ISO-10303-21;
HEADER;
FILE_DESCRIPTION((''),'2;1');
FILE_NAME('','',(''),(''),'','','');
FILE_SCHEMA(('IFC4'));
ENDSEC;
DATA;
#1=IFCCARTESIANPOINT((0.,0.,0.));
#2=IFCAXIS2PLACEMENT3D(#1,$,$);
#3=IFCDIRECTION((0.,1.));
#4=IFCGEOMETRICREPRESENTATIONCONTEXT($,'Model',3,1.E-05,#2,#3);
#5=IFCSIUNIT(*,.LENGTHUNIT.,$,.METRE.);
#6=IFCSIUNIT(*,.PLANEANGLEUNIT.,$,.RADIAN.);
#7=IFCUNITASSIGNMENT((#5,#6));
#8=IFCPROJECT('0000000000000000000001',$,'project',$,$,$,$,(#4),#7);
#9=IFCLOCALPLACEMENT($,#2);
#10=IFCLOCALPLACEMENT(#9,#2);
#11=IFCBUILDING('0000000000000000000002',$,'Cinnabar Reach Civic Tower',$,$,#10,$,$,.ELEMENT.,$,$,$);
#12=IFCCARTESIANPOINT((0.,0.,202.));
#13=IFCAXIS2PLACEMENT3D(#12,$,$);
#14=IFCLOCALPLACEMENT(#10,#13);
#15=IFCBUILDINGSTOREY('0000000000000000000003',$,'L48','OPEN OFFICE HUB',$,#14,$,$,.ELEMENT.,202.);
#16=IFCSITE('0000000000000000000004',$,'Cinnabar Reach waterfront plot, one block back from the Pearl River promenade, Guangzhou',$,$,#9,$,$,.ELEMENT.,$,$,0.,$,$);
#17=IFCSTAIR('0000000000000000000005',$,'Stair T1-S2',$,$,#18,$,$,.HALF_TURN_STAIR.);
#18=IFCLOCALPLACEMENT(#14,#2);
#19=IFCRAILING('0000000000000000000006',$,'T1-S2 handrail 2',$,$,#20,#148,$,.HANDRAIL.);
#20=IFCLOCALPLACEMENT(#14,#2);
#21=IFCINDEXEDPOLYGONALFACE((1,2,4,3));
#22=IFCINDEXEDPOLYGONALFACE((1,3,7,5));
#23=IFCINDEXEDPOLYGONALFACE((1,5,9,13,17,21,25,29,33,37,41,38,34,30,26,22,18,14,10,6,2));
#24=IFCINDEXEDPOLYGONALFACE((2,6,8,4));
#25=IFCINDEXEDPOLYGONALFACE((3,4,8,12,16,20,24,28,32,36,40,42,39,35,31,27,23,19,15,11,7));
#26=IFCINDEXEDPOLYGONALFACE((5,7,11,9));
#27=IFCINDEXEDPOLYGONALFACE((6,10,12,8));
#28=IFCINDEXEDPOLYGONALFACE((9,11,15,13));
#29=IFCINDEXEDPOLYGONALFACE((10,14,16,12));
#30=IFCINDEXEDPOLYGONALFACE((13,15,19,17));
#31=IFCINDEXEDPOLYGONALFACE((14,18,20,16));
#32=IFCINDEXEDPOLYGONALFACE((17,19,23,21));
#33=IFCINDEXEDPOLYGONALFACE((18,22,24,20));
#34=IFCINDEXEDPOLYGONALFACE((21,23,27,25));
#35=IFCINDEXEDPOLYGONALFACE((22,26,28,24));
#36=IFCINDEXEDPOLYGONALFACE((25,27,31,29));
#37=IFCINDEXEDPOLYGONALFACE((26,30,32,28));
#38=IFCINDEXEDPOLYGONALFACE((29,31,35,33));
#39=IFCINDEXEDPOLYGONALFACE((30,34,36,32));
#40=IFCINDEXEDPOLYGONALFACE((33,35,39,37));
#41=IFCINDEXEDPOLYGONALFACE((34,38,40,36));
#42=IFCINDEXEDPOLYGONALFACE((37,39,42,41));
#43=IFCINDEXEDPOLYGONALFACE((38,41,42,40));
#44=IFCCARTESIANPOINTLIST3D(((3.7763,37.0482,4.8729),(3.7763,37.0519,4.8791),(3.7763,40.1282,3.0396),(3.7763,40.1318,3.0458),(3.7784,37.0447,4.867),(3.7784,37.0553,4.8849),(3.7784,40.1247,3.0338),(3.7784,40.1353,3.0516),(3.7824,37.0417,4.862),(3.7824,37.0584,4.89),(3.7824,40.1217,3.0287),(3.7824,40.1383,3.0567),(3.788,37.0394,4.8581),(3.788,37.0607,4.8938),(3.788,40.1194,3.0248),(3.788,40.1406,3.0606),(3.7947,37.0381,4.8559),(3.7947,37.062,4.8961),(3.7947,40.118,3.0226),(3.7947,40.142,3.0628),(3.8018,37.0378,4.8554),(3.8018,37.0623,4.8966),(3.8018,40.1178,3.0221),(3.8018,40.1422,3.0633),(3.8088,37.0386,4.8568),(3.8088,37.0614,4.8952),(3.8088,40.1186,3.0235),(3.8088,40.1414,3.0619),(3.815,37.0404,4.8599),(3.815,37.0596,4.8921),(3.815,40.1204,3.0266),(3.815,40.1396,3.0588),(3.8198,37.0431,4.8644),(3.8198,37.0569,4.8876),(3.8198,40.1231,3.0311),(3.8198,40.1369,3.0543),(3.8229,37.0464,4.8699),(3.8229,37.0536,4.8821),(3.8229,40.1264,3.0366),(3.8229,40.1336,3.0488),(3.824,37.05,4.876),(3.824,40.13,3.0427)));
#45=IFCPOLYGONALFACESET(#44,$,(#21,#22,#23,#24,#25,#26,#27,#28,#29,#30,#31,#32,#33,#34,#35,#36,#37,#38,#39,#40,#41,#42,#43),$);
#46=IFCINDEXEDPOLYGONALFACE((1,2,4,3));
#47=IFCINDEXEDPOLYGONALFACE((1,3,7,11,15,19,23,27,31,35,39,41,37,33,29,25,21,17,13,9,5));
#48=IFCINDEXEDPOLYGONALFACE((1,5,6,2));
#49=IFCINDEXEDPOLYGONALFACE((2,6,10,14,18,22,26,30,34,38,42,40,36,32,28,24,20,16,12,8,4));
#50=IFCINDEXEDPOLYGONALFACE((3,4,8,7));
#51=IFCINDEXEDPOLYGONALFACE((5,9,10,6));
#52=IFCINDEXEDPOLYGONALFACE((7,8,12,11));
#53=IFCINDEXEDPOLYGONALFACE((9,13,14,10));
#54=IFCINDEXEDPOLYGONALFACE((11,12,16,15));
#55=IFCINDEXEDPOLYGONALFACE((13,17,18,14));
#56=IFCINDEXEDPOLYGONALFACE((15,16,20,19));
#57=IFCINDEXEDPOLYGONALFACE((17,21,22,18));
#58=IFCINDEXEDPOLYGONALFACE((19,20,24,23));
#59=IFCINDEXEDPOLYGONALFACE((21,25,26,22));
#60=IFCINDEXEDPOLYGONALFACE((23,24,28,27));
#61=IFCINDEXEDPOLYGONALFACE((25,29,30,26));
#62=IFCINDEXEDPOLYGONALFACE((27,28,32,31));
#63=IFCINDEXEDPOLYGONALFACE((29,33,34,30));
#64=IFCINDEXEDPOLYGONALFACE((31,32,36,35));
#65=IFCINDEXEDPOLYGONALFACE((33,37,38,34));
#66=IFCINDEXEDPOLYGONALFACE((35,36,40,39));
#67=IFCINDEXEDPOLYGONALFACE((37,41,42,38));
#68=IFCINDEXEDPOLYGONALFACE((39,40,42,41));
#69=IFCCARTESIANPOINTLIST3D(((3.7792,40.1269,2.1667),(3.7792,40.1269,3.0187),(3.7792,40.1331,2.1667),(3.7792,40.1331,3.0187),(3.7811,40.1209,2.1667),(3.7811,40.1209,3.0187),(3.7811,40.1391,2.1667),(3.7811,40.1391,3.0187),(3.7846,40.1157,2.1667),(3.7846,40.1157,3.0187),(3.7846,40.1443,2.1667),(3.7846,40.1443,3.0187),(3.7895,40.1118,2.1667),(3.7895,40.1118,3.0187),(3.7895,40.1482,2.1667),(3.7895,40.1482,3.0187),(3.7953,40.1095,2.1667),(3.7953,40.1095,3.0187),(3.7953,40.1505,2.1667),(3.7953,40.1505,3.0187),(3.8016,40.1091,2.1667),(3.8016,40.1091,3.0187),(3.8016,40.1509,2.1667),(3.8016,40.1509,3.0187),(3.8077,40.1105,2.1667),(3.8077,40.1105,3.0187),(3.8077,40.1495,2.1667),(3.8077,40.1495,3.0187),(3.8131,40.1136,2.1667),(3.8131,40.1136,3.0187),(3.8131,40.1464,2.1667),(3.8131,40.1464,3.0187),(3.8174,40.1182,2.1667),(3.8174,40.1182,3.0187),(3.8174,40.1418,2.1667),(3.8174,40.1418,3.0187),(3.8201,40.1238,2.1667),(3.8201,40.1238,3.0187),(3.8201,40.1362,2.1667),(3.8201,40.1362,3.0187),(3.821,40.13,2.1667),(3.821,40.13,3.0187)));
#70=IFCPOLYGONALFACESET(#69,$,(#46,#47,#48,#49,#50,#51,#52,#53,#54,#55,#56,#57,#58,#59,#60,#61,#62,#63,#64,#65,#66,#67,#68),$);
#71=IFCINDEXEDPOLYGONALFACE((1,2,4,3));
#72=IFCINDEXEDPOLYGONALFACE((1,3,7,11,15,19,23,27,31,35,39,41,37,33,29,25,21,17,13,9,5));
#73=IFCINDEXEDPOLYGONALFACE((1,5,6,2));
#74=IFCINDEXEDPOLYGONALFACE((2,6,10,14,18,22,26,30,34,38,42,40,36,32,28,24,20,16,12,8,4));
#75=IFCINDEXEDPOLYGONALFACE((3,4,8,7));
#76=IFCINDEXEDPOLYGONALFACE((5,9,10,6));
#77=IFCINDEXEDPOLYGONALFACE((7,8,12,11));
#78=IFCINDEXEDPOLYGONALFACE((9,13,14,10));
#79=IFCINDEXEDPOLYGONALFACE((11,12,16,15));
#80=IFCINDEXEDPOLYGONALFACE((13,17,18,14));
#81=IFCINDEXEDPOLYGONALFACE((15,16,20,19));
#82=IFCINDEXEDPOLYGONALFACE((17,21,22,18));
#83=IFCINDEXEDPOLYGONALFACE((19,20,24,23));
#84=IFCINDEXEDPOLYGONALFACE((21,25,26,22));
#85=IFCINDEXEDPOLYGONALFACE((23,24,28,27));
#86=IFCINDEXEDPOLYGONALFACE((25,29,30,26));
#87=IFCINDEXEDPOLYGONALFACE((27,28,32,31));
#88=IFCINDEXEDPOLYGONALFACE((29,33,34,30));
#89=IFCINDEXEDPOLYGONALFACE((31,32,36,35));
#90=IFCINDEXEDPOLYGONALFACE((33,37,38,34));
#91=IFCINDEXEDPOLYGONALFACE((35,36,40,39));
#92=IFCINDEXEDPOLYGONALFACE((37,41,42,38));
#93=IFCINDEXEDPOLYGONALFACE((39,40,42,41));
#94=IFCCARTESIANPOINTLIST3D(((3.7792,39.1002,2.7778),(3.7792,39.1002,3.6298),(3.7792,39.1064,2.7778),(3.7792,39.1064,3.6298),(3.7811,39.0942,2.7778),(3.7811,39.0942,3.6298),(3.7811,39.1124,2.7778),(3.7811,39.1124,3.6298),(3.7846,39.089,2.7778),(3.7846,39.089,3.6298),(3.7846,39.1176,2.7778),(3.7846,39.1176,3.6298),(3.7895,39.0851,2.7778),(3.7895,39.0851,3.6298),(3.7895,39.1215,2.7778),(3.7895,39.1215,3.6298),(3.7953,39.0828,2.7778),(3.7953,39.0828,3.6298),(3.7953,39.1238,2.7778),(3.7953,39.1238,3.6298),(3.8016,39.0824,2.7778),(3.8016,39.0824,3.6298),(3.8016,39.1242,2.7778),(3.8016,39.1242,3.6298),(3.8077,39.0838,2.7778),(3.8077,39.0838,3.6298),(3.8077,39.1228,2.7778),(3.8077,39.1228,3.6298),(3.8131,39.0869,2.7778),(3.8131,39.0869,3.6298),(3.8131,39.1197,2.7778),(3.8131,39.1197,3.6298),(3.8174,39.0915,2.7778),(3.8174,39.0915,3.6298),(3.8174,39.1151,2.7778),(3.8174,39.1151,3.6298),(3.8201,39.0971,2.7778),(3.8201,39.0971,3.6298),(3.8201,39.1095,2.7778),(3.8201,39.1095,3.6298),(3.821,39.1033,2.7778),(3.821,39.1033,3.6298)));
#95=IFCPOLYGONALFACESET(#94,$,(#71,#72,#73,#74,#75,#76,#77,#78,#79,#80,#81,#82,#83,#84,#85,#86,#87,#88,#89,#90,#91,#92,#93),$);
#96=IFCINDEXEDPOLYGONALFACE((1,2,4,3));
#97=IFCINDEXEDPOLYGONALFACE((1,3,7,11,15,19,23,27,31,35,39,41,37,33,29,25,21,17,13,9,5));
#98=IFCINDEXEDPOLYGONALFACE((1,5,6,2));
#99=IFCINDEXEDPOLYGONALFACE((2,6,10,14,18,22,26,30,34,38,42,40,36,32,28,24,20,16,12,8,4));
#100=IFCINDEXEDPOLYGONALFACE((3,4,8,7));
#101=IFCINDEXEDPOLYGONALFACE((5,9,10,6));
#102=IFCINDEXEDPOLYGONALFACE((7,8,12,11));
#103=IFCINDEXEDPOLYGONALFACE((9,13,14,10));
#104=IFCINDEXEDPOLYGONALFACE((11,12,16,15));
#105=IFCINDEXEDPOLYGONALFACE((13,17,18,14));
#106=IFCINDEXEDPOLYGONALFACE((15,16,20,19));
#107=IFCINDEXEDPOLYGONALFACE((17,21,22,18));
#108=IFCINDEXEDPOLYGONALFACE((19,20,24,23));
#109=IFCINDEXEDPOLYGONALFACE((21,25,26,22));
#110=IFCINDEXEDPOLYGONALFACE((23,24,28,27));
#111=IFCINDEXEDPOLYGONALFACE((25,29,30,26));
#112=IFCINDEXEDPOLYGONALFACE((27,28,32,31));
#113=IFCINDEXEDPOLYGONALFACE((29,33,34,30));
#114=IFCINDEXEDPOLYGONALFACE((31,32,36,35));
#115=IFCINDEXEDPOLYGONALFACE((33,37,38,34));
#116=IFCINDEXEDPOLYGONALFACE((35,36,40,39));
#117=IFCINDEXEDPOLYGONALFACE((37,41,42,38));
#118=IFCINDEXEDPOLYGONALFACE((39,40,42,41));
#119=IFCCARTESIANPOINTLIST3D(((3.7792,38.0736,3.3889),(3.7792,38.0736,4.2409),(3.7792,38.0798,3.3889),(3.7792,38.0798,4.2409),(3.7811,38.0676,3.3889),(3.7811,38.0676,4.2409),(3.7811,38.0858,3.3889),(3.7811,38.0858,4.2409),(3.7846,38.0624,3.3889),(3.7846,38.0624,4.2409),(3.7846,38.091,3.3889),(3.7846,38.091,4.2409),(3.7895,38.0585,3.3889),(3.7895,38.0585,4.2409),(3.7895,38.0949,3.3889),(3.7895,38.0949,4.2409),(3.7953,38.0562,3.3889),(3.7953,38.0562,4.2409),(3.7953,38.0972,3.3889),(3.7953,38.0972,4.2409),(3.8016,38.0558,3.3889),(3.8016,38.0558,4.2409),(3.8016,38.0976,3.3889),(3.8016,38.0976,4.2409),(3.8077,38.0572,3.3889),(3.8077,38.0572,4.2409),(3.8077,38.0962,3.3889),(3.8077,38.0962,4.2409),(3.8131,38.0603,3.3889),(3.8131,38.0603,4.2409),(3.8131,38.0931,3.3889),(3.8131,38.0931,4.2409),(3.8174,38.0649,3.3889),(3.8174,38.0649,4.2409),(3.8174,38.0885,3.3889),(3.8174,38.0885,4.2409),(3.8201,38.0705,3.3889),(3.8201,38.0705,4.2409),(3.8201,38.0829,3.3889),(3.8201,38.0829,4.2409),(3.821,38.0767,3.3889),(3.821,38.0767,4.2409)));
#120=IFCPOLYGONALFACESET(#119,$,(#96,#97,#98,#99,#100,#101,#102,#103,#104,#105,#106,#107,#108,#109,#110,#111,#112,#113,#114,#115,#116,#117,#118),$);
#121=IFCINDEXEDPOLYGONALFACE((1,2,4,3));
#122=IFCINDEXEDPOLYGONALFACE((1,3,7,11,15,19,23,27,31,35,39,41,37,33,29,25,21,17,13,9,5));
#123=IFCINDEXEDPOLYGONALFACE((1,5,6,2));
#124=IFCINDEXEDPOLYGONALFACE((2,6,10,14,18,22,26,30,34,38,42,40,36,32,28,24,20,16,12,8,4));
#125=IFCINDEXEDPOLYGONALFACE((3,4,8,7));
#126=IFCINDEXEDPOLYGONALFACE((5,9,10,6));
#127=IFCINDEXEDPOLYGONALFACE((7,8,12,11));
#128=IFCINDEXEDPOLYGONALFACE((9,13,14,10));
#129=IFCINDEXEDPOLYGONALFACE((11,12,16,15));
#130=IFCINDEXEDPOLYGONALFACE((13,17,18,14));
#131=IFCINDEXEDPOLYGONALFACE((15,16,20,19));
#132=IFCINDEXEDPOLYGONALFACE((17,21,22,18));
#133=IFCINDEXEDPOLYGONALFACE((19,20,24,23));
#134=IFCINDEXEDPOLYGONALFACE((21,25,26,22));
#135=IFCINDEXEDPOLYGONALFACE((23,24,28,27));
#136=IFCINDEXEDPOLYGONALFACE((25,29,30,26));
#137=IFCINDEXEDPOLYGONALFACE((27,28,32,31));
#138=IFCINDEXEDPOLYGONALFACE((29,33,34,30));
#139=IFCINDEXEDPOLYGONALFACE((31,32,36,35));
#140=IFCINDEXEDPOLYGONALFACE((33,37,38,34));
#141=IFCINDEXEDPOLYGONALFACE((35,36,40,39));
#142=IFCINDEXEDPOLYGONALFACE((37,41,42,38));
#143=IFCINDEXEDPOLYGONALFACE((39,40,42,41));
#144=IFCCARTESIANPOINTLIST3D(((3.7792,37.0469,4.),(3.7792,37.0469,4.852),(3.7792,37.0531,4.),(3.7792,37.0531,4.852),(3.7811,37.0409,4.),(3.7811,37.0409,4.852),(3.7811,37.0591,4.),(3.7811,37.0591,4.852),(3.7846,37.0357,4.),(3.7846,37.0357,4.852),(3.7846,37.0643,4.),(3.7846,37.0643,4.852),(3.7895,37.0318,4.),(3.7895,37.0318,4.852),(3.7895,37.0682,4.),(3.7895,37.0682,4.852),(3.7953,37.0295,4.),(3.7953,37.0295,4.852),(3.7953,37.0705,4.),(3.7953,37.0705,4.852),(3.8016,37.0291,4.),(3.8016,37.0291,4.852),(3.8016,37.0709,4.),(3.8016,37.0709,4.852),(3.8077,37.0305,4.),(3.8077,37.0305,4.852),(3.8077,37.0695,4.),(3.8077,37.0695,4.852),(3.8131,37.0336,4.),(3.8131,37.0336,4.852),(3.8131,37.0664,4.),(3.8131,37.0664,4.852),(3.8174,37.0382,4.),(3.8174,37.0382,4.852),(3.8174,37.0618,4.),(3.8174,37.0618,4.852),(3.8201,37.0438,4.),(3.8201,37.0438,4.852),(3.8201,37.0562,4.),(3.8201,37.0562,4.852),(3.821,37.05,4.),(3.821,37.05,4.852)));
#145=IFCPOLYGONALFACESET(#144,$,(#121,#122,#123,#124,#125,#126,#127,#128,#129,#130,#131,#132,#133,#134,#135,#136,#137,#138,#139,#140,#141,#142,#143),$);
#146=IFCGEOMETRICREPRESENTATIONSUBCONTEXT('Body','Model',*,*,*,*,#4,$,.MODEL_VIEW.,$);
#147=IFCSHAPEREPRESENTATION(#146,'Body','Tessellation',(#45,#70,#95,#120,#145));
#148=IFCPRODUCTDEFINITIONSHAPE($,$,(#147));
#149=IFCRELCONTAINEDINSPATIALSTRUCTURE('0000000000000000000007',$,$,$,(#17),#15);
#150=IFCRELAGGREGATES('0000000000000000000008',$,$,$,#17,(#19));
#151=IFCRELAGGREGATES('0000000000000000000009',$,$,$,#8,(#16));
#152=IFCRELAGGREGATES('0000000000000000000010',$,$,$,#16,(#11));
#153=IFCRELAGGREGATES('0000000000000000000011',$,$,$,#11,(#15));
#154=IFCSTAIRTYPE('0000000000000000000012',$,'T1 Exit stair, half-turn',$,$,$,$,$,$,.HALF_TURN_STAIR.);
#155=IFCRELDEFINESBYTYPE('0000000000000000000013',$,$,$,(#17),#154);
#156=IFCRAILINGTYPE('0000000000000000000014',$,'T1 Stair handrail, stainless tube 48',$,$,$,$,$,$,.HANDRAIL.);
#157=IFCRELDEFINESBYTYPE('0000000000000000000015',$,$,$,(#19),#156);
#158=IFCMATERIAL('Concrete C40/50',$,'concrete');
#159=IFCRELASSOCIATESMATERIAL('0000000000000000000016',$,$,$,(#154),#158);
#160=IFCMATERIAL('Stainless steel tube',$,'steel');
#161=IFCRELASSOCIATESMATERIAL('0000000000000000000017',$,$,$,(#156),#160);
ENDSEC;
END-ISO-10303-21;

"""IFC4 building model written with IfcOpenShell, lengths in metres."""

from ifc_helpers import new_model, si_unit, direction, frame, origin, origin_2d, place, context, subcontext, project, spatial, circle, extrude, material, type_object, element, aggregate, save


model = new_model("IFC4")

# Units and contexts
model_context = context("Model", 3, precision=1e-05, world=origin(), true_north=direction((0.0, 1.0)))
body_context = subcontext(model_context, "Body", "Model", "MODEL_VIEW")
ifc_project = project(units=[si_unit("LENGTHUNIT", "METRE"), si_unit("PLANEANGLEUNIT", "RADIAN")], contexts=[model_context])

# Site, building, storey
site_placement = place(None, origin())
site = spatial("IfcSite", under=ifc_project, at=site_placement, Name="Cinnabar Reach waterfront plot, one block back from the Pearl River promenade, Guangzhou", CompositionType="ELEMENT", RefElevation=0.0)
building_placement = place(site_placement, origin())
building = spatial("IfcBuilding", under=site, at=building_placement, Name="Cinnabar Reach Civic Tower", CompositionType="ELEMENT")
storey_placement = place(building_placement, frame((0.0, 0.0, 202.0)))
storey = spatial("IfcBuildingStorey", under=building, at=storey_placement, Name="L48", Description="OPEN OFFICE HUB", CompositionType="ELEMENT", Elevation=202.0)

# Shared definitions
ifc_material_1 = material(Name="Concrete C40/50", Category="concrete")

# Stair, railing
stair_type = type_object("IfcStairType", Name="T1 Exit stair, half-turn", PredefinedType="HALF_TURN_STAIR", material=ifc_material_1)
stair_placement = place(storey_placement, origin())
stair = element("IfcStair", 1, at=stair_placement, inside=storey, type_object=stair_type, Name="Stair T1-S2", PredefinedType="HALF_TURN_STAIR")
ifc_material_2 = material(Name="Stainless steel tube", Category="steel")
railing_type = type_object("IfcRailingType", Name="T1 Stair handrail, stainless tube 48", PredefinedType="HANDRAIL", material=ifc_material_2)
railing_1_placement = place(storey_placement, frame((3.8, 40.13, 2.1667)))
railing_1 = element("IfcRailing", 2, at=railing_1_placement, type_object=railing_type, Name="T1-S2 handrail 2", PredefinedType="HANDRAIL", context=body_context, shape_type="SweptSolid", body=[
    extrude(circle(Radius=0.024, at=origin_2d()), frame((0.0, 0.0, 0.876), z_axis=(0.0, -0.859297, 0.511477), x_axis=(1.0, 0.0, 0.0)), (0.0, 0.0, 1.0), 3.5843),
    extrude(circle(Radius=0.021, at=origin_2d()), origin(), (0.0, 0.0, 1.0), 0.852),
    extrude(circle(Radius=0.021, at=origin_2d()), frame((0.0, -1.0267, 0.6111)), (0.0, 0.0, 1.0), 0.852),
    extrude(circle(Radius=0.021, at=origin_2d()), frame((0.0, -2.0533, 1.2222)), (0.0, 0.0, 1.0), 0.852),
    extrude(circle(Radius=0.021, at=origin_2d()), frame((0.0, -3.08, 1.8333)), (0.0, 0.0, 1.0), 0.852),
])
aggregate(stair, [railing_1])

save(model, "model.ifc")
